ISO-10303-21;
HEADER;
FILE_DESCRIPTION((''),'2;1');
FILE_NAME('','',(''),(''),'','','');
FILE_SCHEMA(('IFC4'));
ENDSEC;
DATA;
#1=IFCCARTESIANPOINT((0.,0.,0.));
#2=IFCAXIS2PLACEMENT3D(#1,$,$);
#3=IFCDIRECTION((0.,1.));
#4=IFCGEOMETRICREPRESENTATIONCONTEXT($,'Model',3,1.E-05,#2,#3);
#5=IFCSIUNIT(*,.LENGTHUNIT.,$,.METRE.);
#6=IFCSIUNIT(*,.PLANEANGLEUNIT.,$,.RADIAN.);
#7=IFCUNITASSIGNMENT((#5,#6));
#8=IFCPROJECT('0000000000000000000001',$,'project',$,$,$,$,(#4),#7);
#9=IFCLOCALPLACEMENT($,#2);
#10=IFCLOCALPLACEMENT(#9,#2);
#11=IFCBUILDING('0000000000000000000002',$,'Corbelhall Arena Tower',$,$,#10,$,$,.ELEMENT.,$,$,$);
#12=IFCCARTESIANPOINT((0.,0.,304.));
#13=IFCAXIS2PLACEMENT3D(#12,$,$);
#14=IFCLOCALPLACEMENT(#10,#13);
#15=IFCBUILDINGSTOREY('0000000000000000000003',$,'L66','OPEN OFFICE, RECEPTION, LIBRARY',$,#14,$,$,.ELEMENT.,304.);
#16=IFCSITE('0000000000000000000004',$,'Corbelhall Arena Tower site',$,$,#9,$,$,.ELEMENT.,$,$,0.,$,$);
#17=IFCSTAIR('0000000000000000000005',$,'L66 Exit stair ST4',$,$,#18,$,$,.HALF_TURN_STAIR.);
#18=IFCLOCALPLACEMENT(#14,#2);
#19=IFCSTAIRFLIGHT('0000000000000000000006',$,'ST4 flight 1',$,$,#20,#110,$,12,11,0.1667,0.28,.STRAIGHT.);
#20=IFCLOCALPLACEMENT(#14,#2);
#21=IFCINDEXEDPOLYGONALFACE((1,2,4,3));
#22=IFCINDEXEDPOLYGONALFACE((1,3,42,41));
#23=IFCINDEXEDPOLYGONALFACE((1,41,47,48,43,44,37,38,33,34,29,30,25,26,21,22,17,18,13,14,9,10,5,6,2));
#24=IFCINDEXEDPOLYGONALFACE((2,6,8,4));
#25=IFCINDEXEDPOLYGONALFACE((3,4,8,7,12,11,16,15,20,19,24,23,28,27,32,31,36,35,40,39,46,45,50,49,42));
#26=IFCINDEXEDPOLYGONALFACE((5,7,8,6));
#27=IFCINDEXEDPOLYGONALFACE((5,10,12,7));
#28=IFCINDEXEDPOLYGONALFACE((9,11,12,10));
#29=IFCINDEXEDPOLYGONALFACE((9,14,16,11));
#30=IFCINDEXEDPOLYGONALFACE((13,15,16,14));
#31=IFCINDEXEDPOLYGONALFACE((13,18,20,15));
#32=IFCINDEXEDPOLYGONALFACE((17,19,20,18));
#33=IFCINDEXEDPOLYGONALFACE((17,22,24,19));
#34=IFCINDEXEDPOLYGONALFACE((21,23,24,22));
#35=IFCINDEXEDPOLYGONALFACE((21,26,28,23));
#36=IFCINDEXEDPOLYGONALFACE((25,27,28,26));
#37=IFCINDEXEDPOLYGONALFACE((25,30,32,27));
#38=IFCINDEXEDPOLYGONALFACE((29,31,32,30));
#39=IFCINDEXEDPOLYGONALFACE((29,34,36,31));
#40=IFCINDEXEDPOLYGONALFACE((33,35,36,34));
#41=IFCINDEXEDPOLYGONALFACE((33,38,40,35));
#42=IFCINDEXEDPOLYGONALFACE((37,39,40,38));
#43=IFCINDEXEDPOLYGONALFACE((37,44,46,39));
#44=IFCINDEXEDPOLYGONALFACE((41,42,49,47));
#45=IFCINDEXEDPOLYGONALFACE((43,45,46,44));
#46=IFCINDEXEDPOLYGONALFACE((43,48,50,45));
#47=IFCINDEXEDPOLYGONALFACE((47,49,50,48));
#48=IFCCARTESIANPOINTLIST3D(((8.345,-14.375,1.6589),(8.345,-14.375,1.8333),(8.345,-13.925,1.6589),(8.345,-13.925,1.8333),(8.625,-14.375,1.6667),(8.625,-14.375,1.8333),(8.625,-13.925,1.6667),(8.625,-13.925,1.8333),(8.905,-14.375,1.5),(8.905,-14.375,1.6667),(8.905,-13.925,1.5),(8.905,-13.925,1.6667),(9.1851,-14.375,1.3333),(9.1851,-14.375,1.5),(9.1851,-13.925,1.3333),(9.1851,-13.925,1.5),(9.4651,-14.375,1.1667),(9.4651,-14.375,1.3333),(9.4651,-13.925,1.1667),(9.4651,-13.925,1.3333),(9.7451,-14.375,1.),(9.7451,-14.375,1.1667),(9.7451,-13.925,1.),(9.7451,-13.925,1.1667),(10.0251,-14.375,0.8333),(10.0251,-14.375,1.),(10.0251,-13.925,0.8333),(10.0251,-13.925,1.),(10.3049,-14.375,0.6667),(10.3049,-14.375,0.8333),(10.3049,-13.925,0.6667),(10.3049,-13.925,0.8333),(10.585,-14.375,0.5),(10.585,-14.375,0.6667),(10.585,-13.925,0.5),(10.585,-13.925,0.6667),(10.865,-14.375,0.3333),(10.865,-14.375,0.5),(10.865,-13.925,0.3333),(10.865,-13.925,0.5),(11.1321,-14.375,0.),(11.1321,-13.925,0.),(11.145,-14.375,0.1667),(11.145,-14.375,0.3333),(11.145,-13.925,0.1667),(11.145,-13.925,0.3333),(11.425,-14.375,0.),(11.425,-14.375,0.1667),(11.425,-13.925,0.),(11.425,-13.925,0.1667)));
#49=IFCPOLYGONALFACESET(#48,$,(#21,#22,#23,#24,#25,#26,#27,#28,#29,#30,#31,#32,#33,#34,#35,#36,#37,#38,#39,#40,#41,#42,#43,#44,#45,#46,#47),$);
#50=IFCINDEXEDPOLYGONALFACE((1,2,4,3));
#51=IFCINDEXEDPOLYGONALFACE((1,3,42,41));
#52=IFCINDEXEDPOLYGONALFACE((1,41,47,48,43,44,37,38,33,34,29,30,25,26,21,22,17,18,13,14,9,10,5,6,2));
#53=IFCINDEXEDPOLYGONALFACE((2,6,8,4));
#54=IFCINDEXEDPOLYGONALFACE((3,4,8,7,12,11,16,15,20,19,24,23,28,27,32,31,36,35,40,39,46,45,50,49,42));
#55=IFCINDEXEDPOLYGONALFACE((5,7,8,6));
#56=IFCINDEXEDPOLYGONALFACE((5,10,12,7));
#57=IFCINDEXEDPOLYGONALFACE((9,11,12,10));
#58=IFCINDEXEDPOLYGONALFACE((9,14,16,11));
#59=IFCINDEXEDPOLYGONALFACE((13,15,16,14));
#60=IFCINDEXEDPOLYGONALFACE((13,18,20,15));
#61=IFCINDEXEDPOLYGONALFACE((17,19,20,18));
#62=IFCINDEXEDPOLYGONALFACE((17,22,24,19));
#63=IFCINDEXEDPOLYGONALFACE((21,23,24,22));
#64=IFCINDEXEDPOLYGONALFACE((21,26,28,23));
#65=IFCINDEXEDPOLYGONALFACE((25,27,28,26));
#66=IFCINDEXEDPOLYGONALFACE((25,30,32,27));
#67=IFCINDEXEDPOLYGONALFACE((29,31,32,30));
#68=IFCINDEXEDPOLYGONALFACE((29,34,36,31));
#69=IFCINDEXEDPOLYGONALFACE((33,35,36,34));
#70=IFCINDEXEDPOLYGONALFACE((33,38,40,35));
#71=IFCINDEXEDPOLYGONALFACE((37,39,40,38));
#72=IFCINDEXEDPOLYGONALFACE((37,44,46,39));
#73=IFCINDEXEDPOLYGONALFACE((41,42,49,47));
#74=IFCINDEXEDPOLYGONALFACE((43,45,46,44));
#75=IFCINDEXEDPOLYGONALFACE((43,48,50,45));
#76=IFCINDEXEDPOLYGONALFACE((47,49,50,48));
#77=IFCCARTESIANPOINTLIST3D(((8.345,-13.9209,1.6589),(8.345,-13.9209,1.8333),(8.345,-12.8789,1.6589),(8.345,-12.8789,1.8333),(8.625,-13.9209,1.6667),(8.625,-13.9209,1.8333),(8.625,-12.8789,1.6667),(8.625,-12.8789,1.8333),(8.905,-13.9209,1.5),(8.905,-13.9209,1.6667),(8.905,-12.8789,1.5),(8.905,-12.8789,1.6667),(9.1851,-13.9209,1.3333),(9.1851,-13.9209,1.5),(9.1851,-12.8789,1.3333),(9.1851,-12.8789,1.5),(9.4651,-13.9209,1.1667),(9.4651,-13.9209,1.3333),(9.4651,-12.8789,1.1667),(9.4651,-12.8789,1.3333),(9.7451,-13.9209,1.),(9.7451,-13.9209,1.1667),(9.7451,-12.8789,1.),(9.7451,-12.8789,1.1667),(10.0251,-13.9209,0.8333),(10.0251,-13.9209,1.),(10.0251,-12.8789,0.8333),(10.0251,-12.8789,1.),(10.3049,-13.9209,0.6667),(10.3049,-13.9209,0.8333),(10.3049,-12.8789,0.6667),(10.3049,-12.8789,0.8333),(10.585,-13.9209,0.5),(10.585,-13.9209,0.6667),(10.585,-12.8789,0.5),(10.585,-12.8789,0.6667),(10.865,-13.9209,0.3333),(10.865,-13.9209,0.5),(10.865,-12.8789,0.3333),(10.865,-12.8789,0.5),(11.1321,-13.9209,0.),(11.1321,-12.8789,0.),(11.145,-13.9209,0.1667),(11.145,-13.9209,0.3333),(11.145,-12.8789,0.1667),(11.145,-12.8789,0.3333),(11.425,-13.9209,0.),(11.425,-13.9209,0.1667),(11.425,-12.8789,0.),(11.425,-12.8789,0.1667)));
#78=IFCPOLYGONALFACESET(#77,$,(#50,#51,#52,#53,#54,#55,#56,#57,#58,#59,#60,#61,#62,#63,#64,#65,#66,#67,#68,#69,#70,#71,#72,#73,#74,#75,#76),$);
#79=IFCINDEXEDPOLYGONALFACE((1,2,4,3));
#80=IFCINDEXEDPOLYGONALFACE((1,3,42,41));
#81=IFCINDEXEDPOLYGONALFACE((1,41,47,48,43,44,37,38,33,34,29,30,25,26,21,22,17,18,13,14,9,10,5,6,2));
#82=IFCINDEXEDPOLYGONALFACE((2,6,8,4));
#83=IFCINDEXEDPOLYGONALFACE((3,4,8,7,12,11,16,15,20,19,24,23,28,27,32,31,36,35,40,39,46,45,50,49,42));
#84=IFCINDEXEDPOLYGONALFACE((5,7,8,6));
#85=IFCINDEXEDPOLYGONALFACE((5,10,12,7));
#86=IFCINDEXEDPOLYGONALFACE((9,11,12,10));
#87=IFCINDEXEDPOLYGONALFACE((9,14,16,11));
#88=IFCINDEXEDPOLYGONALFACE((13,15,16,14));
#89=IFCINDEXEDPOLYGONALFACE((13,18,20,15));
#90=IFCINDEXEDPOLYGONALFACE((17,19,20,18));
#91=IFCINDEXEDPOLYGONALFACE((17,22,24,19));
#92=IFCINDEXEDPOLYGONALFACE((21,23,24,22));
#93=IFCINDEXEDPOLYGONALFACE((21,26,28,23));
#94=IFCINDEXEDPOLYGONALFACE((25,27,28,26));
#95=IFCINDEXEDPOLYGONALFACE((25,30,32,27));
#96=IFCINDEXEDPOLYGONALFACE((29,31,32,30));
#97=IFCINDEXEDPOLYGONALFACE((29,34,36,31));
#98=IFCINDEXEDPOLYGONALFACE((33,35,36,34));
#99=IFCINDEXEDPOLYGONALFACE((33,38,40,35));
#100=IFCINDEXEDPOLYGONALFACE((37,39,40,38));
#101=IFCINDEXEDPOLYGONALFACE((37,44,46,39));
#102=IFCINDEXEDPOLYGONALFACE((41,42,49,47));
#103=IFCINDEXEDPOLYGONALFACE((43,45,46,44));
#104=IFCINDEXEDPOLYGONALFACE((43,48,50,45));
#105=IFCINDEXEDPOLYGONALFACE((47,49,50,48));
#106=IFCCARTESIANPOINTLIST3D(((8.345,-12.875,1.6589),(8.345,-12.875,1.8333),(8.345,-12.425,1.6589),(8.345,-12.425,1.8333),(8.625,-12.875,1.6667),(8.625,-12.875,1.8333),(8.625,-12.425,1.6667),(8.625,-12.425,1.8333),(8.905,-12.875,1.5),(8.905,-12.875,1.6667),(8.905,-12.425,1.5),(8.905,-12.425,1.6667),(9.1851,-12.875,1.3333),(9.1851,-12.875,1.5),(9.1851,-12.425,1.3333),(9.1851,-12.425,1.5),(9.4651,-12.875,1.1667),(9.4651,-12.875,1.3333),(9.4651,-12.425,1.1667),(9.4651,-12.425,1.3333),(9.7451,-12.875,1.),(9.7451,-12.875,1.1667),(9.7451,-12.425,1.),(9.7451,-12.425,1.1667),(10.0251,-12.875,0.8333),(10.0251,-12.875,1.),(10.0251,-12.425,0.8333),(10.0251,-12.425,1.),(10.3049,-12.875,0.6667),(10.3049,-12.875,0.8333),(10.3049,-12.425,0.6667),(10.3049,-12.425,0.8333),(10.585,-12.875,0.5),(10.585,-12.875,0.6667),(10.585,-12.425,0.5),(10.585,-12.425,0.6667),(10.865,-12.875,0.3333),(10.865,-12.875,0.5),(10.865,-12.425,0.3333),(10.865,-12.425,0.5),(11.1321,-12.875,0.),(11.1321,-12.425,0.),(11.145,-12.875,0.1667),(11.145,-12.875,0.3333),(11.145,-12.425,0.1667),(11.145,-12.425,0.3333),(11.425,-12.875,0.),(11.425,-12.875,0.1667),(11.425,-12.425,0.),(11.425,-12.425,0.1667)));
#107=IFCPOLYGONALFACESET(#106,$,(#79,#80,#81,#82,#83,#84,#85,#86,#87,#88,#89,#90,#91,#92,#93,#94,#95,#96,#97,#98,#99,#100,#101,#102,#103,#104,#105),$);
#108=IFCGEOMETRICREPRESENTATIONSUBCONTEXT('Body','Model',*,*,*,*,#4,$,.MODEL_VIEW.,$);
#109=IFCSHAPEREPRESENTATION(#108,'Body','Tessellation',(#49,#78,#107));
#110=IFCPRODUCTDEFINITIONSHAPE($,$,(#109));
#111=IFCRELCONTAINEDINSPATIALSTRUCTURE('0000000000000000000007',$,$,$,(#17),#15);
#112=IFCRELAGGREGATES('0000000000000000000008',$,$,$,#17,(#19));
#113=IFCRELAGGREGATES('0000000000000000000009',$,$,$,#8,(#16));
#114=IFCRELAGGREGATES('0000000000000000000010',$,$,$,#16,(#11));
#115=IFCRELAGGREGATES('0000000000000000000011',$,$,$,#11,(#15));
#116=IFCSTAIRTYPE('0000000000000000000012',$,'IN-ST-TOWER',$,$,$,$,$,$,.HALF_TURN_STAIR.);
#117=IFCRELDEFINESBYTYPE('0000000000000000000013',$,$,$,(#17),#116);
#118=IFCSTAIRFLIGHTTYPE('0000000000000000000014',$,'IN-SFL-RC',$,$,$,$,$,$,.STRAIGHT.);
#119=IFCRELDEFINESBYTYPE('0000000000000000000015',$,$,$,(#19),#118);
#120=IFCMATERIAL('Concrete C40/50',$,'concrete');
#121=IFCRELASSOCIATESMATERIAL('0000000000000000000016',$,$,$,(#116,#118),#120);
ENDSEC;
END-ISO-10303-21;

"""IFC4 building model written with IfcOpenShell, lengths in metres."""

from ifc_helpers import new_model, si_unit, direction, frame, origin, place, context, subcontext, project, spatial, polyline, outline, extrude, material, type_object, element, aggregate, save


model = new_model("IFC4")

# Units and contexts
model_context = context("Model", 3, precision=1e-05, world=origin(), true_north=direction((0.0, 1.0)))
body_context = subcontext(model_context, "Body", "Model", "MODEL_VIEW")
ifc_project = project(units=[si_unit("LENGTHUNIT", "METRE"), si_unit("PLANEANGLEUNIT", "RADIAN")], contexts=[model_context])

# Site, building, storey
site_placement = place(None, origin())
site = spatial("IfcSite", under=ifc_project, at=site_placement, Name="Corbelhall Arena Tower site", CompositionType="ELEMENT", RefElevation=0.0)
building_placement = place(site_placement, origin())
building = spatial("IfcBuilding", under=site, at=building_placement, Name="Corbelhall Arena Tower", CompositionType="ELEMENT")
storey_placement = place(building_placement, frame((0.0, 0.0, 304.0)))
storey = spatial("IfcBuildingStorey", under=building, at=storey_placement, Name="L66", Description="OPEN OFFICE, RECEPTION, LIBRARY", CompositionType="ELEMENT", Elevation=304.0)

# Shared definitions
ifc_material_1 = material(Name="Concrete C40/50", Category="concrete")

# Stair, stair flight
stair_type = type_object("IfcStairType", Name="IN-ST-TOWER", PredefinedType="HALF_TURN_STAIR", material=ifc_material_1)
stair_placement = place(storey_placement, origin())
stair = element("IfcStair", 1, at=stair_placement, inside=storey, type_object=stair_type, Name="L66 Exit stair ST4", PredefinedType="HALF_TURN_STAIR")
stair_flight_type = type_object("IfcStairFlightType", Name="IN-SFL-RC", PredefinedType="STRAIGHT", material=ifc_material_1)
stair_flight_placement = place(storey_placement, frame((11.425, -13.3999, 0.0), z_axis=(0.0, 0.0, 1.0), x_axis=(-1.0, 0.0, 0.0)))
stair_flight = element("IfcStairFlight", 2, at=stair_flight_placement, type_object=stair_flight_type, Name="ST4 flight 1", NumberOfRisers=12, NumberOfTreads=11, PredefinedType="STRAIGHT", RiserHeight=0.1667, TreadLength=0.28, context=body_context, shape_type="SweptSolid", body=[
    extrude(outline(polyline([(0.0, 0.0), (0.0, 0.1667), (0.28, 0.1667), (0.28, 0.3333), (0.5601, 0.3333), (0.5601, 0.5), (0.8401, 0.5), (0.8401, 0.6667), (1.1201, 0.6667), (1.1201, 0.8333), (1.3999, 0.8333), (1.3999, 1.0), (1.6799, 1.0), (1.6799, 1.1667), (1.96, 1.1667), (1.96, 1.3333), (2.24, 1.3333), (2.24, 1.5), (2.52, 1.5), (2.52, 1.6667), (2.8, 1.6667), (2.8, 1.8333), (3.0801, 1.8333), (3.0801, 2.0), (3.0801, 1.6589), (0.293, 0.0), (0.0, 0.0)])), frame((0.0, 0.9751, 0.0), z_axis=(0.0, -1.0, 0.0), x_axis=(1.0, 0.0, 0.0)), (0.0, 0.0, 1.0), 0.45),
    extrude(outline(polyline([(0.0, 0.0), (0.0, 0.1667), (0.28, 0.1667), (0.28, 0.3333), (0.5601, 0.3333), (0.5601, 0.5), (0.8401, 0.5), (0.8401, 0.6667), (1.1201, 0.6667), (1.1201, 0.8333), (1.3999, 0.8333), (1.3999, 1.0), (1.6799, 1.0), (1.6799, 1.1667), (1.96, 1.1667), (1.96, 1.3333), (2.24, 1.3333), (2.24, 1.5), (2.52, 1.5), (2.52, 1.6667), (2.8, 1.6667), (2.8, 1.8333), (3.0801, 1.8333), (3.0801, 2.0), (3.0801, 1.6589), (0.293, 0.0), (0.0, 0.0)])), frame((0.0, 0.521, 0.0), z_axis=(0.0, -1.0, 0.0), x_axis=(1.0, 0.0, 0.0)), (0.0, 0.0, 1.0), 1.042),
    extrude(outline(polyline([(0.0, 0.0), (0.0, 0.1667), (0.28, 0.1667), (0.28, 0.3333), (0.5601, 0.3333), (0.5601, 0.5), (0.8401, 0.5), (0.8401, 0.6667), (1.1201, 0.6667), (1.1201, 0.8333), (1.3999, 0.8333), (1.3999, 1.0), (1.6799, 1.0), (1.6799, 1.1667), (1.96, 1.1667), (1.96, 1.3333), (2.24, 1.3333), (2.24, 1.5), (2.52, 1.5), (2.52, 1.6667), (2.8, 1.6667), (2.8, 1.8333), (3.0801, 1.8333), (3.0801, 2.0), (3.0801, 1.6589), (0.293, 0.0), (0.0, 0.0)])), frame((0.0, -0.5249, 0.0), z_axis=(0.0, -1.0, 0.0), x_axis=(1.0, 0.0, 0.0)), (0.0, 0.0, 1.0), 0.45),
])
aggregate(stair, [stair_flight])

save(model, "model.ifc")
